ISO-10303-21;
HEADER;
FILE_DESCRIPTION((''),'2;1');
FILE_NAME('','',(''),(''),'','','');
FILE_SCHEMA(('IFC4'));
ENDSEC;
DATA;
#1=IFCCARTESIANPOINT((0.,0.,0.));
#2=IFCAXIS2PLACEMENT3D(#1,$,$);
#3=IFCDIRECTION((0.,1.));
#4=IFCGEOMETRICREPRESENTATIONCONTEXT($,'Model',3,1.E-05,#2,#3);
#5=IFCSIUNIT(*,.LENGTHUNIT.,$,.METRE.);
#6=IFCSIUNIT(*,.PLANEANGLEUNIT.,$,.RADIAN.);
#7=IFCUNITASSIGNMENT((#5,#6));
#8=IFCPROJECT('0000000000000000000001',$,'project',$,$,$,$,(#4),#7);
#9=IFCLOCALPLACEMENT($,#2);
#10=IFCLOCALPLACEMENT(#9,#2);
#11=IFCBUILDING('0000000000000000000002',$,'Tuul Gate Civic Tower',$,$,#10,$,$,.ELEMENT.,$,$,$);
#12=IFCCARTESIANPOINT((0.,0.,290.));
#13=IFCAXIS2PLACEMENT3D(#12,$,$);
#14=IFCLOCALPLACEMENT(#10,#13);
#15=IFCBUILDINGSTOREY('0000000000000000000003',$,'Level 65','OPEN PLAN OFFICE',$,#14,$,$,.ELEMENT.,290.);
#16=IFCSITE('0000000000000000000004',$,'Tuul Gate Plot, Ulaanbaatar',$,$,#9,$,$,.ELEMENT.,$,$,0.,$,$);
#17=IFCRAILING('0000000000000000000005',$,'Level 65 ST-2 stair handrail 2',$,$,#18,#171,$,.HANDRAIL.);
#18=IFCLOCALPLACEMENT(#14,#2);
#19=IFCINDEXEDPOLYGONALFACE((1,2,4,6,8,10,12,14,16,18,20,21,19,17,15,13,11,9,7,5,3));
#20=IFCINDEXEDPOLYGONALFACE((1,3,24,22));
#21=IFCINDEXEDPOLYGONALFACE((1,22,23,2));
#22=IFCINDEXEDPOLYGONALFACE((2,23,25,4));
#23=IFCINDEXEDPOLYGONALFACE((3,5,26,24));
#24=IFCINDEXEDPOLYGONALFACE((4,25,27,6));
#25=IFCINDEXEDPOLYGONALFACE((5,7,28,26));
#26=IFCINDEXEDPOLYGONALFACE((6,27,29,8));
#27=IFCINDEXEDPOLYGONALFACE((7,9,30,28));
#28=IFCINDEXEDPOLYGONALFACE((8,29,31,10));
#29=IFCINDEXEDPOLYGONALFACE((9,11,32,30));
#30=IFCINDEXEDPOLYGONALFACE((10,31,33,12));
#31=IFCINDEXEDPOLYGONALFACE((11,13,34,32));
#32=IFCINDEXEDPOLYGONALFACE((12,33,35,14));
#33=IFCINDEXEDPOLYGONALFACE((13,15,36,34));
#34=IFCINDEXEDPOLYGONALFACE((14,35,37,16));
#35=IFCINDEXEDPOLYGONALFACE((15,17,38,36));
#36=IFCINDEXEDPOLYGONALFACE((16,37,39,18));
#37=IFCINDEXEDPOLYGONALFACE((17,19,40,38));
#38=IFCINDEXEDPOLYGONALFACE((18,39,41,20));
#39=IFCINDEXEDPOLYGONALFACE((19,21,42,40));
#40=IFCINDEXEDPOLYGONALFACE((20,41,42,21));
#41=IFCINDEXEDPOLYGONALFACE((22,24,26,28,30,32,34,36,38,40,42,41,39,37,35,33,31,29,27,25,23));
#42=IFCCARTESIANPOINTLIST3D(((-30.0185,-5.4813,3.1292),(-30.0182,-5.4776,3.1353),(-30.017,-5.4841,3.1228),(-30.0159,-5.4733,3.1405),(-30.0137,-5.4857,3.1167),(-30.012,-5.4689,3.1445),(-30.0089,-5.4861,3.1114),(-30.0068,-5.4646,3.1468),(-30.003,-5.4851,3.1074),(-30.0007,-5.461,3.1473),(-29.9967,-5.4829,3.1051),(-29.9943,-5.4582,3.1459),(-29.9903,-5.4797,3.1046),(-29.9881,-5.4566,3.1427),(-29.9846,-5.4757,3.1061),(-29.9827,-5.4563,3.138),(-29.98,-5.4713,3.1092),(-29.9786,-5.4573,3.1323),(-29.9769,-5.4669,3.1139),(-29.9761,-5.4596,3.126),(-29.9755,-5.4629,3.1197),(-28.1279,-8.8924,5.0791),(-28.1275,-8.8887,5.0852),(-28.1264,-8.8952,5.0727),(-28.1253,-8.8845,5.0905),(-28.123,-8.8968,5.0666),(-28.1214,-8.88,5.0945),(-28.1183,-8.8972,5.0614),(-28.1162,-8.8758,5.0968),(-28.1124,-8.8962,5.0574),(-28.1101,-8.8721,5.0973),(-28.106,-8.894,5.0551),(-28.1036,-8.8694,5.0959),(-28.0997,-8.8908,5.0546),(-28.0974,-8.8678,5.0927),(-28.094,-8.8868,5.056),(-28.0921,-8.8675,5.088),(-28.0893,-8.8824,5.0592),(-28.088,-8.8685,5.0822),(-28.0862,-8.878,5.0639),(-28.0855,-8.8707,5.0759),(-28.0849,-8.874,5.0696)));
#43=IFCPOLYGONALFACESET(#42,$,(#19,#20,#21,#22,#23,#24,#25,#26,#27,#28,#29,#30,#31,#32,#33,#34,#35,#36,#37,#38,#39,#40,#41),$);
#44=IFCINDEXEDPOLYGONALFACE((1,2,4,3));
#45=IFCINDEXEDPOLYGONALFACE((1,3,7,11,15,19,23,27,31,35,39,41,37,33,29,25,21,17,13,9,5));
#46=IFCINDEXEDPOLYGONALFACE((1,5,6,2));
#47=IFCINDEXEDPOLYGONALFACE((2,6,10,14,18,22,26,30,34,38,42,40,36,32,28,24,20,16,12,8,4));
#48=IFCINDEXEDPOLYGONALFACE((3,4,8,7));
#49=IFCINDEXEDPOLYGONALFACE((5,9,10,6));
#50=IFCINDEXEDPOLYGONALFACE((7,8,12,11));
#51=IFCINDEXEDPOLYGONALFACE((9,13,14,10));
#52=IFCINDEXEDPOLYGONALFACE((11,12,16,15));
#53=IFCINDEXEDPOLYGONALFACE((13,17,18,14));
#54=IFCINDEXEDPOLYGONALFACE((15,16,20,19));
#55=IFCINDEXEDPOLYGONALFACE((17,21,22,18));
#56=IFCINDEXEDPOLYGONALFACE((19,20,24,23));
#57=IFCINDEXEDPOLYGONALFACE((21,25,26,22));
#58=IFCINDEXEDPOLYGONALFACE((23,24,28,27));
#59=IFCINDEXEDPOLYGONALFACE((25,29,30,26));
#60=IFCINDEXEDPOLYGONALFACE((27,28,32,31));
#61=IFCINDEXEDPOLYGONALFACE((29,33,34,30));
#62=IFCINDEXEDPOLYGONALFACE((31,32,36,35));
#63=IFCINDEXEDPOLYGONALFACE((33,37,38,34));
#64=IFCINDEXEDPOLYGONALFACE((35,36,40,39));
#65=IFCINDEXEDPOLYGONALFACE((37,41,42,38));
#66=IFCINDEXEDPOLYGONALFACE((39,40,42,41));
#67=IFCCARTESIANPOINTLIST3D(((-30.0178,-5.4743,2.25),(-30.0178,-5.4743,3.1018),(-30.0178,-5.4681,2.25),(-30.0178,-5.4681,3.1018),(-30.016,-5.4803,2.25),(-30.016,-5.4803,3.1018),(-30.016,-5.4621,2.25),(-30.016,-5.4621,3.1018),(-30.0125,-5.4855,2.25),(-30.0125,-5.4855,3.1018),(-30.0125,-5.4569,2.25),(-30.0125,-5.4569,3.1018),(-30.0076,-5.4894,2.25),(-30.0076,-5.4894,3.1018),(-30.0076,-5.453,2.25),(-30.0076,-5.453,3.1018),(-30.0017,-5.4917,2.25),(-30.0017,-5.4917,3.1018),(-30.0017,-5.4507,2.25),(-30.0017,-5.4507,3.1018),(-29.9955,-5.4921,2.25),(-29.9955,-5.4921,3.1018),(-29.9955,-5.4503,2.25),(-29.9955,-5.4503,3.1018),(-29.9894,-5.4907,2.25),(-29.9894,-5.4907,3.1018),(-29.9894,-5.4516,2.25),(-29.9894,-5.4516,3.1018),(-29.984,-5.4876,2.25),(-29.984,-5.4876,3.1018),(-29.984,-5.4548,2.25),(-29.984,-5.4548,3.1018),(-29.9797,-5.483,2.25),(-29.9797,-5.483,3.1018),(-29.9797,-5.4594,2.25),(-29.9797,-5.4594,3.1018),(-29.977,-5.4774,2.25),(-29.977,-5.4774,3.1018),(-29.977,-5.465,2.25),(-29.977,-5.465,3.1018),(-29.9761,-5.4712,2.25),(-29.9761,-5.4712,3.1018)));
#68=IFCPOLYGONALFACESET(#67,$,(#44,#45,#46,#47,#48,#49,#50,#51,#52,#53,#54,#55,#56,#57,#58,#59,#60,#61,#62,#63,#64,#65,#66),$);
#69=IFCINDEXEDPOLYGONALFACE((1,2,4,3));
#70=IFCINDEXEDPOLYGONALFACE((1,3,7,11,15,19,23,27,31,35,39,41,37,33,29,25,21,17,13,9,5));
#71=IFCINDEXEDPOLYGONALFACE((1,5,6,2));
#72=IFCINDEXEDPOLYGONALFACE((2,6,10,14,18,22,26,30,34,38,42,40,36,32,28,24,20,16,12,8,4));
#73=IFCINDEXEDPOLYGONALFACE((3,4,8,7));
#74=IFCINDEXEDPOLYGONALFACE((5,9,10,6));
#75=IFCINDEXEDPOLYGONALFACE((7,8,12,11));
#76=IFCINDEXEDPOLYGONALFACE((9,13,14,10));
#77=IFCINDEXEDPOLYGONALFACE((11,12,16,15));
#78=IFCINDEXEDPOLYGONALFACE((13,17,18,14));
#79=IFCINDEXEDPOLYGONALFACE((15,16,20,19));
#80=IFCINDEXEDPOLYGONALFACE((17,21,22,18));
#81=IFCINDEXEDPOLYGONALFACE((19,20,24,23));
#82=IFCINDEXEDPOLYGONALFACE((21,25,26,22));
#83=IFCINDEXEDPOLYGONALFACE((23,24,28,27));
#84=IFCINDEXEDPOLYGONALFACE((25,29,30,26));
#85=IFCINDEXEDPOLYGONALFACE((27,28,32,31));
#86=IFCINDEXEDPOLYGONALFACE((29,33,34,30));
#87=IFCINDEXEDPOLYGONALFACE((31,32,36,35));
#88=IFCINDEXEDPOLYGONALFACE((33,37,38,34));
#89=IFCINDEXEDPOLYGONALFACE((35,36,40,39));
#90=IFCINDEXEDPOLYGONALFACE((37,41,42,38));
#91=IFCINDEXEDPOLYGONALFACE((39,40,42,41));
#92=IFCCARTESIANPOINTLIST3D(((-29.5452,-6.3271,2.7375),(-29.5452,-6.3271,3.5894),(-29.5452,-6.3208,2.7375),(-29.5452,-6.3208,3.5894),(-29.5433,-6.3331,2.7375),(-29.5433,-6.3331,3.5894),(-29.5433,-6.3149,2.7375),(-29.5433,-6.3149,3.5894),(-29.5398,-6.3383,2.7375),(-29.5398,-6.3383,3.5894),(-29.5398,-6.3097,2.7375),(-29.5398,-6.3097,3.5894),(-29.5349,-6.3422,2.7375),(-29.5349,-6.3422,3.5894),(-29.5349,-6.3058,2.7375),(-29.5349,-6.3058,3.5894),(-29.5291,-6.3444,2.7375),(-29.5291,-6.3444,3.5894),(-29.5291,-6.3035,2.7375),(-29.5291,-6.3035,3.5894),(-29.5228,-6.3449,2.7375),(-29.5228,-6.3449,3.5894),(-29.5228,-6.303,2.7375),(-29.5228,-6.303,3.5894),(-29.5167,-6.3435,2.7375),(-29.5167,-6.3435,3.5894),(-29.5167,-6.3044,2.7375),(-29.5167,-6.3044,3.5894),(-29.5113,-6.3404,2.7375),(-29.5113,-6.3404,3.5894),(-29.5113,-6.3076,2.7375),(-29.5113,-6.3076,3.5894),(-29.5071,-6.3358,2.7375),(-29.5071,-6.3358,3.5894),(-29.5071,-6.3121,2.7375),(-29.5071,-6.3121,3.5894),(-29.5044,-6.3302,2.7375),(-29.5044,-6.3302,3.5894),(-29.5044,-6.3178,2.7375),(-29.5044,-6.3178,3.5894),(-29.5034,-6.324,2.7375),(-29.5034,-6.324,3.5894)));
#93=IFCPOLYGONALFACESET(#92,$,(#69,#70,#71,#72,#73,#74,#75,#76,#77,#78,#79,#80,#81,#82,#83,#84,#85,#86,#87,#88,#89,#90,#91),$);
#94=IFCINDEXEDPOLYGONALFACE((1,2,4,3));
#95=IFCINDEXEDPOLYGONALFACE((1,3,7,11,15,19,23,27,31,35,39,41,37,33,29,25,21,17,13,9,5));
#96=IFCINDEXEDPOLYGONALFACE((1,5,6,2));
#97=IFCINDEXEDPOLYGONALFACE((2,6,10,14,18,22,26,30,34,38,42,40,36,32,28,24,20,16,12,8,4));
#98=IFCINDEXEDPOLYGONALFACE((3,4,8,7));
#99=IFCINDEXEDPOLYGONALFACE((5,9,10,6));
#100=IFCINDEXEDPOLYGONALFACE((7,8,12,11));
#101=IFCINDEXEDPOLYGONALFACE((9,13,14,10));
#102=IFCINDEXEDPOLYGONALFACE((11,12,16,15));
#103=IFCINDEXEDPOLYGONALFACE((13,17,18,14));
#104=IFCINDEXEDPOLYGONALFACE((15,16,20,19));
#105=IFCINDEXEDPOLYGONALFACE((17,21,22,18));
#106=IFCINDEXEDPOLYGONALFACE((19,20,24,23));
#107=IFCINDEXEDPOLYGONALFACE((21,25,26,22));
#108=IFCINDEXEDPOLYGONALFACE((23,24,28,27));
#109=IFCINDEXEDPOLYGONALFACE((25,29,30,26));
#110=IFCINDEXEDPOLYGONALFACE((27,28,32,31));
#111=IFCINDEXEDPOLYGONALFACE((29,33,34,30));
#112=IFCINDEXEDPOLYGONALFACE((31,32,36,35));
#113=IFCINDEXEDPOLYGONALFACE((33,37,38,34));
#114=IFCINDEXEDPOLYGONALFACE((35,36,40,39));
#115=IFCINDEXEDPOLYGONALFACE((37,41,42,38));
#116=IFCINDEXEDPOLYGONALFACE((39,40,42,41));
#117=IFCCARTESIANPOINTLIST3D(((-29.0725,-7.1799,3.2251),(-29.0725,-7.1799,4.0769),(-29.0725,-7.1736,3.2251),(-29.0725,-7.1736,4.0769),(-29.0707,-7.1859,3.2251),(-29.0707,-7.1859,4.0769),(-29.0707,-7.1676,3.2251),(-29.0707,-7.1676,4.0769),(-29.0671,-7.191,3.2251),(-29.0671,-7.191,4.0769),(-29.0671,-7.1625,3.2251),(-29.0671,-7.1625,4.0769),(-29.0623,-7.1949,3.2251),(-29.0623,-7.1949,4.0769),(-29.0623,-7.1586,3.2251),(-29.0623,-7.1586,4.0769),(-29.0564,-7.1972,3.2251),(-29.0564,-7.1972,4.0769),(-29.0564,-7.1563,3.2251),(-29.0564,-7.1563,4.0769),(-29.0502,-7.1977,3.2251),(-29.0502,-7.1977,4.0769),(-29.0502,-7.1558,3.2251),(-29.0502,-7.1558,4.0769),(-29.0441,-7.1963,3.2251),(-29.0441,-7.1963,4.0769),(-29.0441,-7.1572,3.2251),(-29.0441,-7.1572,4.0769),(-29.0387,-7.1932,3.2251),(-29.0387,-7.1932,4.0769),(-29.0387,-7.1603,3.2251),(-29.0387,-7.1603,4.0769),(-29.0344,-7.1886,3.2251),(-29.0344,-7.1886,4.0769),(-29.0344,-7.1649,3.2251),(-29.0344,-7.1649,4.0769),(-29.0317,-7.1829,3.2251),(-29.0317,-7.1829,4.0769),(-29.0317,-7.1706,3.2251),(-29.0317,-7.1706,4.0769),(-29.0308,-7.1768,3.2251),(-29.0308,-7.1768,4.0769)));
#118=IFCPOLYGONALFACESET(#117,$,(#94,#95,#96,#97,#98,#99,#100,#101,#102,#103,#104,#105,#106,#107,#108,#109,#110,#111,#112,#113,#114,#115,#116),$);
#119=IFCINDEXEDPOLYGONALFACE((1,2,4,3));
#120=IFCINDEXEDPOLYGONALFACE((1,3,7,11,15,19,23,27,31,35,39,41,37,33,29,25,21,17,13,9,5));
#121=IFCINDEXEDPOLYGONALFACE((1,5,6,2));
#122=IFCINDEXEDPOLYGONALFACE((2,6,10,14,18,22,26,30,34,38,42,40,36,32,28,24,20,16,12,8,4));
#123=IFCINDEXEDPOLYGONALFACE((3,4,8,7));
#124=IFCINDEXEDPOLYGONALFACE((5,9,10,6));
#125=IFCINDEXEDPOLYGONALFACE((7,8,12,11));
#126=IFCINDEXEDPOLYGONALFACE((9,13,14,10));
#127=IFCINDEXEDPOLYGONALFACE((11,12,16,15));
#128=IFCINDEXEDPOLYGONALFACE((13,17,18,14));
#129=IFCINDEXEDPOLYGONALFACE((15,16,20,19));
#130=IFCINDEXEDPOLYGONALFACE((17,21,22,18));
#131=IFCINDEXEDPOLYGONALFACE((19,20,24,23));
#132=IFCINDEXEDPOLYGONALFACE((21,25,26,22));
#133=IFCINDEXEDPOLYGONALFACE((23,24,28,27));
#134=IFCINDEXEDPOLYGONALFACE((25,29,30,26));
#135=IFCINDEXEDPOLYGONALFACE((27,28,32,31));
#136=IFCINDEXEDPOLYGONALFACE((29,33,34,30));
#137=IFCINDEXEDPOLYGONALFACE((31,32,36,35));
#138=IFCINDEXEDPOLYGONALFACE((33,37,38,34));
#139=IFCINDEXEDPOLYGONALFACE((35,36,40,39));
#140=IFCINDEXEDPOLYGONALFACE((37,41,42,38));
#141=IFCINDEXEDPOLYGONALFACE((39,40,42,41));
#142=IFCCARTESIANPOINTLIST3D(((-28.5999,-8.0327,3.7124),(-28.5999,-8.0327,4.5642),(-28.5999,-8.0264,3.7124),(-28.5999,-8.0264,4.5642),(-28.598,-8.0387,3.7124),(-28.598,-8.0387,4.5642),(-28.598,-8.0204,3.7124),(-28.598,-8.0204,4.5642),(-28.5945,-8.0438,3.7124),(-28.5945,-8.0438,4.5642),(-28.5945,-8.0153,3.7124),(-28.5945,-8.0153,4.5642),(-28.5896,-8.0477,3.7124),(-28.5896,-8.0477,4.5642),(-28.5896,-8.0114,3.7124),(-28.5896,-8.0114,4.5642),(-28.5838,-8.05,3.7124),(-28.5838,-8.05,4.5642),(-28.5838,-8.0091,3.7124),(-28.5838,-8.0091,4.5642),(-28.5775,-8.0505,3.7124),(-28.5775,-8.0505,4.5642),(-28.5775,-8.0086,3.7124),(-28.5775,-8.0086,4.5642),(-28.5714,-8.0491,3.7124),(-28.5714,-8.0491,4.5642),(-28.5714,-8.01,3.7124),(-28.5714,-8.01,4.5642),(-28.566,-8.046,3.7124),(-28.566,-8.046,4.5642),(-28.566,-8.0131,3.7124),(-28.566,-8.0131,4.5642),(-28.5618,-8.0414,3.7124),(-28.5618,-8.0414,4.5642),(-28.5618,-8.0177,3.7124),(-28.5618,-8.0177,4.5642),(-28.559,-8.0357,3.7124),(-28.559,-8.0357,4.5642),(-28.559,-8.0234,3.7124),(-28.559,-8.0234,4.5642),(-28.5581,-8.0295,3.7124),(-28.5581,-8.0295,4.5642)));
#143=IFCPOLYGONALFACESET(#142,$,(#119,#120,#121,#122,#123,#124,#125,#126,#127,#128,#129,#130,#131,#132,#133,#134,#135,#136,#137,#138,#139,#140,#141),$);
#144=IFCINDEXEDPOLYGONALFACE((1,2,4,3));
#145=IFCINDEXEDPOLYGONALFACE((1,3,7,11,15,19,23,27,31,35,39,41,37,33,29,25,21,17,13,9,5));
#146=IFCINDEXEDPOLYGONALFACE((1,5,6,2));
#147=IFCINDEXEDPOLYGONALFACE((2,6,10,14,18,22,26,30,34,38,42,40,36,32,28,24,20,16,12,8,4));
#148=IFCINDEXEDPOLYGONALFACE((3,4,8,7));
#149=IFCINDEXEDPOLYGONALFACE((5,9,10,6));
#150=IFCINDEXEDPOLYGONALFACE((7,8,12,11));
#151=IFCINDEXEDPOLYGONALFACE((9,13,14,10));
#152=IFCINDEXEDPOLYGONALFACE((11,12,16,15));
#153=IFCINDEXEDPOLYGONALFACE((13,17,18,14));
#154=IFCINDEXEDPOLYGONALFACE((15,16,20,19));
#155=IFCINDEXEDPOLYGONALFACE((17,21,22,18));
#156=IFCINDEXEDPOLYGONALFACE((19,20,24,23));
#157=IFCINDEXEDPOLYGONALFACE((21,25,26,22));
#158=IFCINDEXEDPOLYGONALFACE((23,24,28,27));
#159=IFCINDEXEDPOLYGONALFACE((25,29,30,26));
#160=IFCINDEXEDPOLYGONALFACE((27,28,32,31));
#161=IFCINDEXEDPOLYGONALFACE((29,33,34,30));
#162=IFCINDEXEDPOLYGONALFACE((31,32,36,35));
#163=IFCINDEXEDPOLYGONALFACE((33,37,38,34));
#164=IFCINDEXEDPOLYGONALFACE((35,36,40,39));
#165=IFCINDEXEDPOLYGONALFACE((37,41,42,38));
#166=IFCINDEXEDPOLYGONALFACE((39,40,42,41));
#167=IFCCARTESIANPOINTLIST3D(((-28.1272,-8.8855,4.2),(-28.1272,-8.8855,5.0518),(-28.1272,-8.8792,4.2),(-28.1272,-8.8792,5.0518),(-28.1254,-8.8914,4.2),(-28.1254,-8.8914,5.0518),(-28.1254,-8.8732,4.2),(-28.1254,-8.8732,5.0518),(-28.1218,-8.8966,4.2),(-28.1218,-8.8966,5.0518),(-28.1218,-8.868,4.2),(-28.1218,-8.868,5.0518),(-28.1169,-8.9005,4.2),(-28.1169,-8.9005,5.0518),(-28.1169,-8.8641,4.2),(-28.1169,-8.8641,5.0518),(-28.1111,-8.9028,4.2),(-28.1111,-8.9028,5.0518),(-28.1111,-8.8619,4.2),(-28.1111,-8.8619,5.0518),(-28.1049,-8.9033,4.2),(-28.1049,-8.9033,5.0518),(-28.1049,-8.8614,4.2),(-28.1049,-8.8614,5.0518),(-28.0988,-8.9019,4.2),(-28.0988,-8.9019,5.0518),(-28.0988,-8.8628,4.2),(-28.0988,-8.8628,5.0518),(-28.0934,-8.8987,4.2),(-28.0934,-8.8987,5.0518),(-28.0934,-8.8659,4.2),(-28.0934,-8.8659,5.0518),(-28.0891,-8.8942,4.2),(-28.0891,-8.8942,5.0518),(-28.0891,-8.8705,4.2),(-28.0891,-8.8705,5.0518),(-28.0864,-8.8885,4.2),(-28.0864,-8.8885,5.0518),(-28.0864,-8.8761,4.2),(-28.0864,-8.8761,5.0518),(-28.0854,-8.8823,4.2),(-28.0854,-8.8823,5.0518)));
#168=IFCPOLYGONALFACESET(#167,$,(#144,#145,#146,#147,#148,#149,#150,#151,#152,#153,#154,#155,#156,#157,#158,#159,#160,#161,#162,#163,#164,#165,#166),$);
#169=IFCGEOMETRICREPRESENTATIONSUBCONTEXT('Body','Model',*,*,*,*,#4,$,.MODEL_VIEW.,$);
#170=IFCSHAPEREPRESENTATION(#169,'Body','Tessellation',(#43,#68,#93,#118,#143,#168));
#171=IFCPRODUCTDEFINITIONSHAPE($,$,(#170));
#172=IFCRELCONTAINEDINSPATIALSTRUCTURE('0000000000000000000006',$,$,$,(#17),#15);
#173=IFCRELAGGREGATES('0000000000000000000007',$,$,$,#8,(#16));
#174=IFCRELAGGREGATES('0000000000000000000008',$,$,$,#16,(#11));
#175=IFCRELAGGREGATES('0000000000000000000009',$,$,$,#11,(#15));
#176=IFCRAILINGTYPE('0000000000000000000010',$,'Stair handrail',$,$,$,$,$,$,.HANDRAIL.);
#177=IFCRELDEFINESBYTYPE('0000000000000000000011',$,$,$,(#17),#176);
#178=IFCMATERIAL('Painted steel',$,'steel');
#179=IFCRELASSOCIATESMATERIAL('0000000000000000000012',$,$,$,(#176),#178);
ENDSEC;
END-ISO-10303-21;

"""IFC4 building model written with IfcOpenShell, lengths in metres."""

from ifc_helpers import new_model, si_unit, direction, frame, origin, origin_2d, place, context, subcontext, project, spatial, circle, extrude, material, type_object, element, save


model = new_model("IFC4")

# Units and contexts
model_context = context("Model", 3, precision=1e-05, world=origin(), true_north=direction((0.0, 1.0)))
body_context = subcontext(model_context, "Body", "Model", "MODEL_VIEW")
ifc_project = project(units=[si_unit("LENGTHUNIT", "METRE"), si_unit("PLANEANGLEUNIT", "RADIAN")], contexts=[model_context])

# Site, building, storey
site_placement = place(None, origin())
site = spatial("IfcSite", under=ifc_project, at=site_placement, Name="Tuul Gate Plot, Ulaanbaatar", CompositionType="ELEMENT", RefElevation=0.0)
building_placement = place(site_placement, origin())
building = spatial("IfcBuilding", under=site, at=building_placement, Name="Tuul Gate Civic Tower", CompositionType="ELEMENT")
storey_placement = place(building_placement, frame((0.0, 0.0, 290.0)))
storey = spatial("IfcBuildingStorey", under=building, at=storey_placement, Name="Level 65", Description="OPEN PLAN OFFICE", CompositionType="ELEMENT", Elevation=290.0)

# Railing
ifc_material_1 = material(Name="Painted steel", Category="steel")
railing_type_1 = type_object("IfcRailingType", Name="Stair handrail", PredefinedType="HANDRAIL", material=ifc_material_1)
railing_1_placement = place(storey_placement, frame((-29.9971, -5.4712, 2.25)))
element("IfcRailing", 1, at=railing_1_placement, inside=storey, type_object=railing_type_1, Name="Level 65 ST-2 stair handrail 2", PredefinedType="HANDRAIL", context=body_context, shape_type="SweptSolid", body=[
    extrude(circle(Radius=0.0239, at=origin_2d()), frame((0.0, 0.0, 0.876), z_axis=(0.433595, -0.782308, 0.447201), x_axis=(0.874641, 0.484771, 0.0)), (0.0, 0.0, 1.0), 4.3604),
    extrude(circle(Radius=0.021, at=origin_2d()), origin(), (0.0, 0.0, 1.0), 0.8518),
    extrude(circle(Radius=0.021, at=origin_2d()), frame((0.4727, -0.8528, 0.4875)), (0.0, 0.0, 1.0), 0.8518),
    extrude(circle(Radius=0.021, at=origin_2d()), frame((0.9453, -1.7056, 0.9751)), (0.0, 0.0, 1.0), 0.8518),
    extrude(circle(Radius=0.021, at=origin_2d()), frame((1.418, -2.5583, 1.4624)), (0.0, 0.0, 1.0), 0.8518),
    extrude(circle(Radius=0.021, at=origin_2d()), frame((1.8906, -3.4111, 1.95)), (0.0, 0.0, 1.0), 0.8518),
])

save(model, "model.ifc")
